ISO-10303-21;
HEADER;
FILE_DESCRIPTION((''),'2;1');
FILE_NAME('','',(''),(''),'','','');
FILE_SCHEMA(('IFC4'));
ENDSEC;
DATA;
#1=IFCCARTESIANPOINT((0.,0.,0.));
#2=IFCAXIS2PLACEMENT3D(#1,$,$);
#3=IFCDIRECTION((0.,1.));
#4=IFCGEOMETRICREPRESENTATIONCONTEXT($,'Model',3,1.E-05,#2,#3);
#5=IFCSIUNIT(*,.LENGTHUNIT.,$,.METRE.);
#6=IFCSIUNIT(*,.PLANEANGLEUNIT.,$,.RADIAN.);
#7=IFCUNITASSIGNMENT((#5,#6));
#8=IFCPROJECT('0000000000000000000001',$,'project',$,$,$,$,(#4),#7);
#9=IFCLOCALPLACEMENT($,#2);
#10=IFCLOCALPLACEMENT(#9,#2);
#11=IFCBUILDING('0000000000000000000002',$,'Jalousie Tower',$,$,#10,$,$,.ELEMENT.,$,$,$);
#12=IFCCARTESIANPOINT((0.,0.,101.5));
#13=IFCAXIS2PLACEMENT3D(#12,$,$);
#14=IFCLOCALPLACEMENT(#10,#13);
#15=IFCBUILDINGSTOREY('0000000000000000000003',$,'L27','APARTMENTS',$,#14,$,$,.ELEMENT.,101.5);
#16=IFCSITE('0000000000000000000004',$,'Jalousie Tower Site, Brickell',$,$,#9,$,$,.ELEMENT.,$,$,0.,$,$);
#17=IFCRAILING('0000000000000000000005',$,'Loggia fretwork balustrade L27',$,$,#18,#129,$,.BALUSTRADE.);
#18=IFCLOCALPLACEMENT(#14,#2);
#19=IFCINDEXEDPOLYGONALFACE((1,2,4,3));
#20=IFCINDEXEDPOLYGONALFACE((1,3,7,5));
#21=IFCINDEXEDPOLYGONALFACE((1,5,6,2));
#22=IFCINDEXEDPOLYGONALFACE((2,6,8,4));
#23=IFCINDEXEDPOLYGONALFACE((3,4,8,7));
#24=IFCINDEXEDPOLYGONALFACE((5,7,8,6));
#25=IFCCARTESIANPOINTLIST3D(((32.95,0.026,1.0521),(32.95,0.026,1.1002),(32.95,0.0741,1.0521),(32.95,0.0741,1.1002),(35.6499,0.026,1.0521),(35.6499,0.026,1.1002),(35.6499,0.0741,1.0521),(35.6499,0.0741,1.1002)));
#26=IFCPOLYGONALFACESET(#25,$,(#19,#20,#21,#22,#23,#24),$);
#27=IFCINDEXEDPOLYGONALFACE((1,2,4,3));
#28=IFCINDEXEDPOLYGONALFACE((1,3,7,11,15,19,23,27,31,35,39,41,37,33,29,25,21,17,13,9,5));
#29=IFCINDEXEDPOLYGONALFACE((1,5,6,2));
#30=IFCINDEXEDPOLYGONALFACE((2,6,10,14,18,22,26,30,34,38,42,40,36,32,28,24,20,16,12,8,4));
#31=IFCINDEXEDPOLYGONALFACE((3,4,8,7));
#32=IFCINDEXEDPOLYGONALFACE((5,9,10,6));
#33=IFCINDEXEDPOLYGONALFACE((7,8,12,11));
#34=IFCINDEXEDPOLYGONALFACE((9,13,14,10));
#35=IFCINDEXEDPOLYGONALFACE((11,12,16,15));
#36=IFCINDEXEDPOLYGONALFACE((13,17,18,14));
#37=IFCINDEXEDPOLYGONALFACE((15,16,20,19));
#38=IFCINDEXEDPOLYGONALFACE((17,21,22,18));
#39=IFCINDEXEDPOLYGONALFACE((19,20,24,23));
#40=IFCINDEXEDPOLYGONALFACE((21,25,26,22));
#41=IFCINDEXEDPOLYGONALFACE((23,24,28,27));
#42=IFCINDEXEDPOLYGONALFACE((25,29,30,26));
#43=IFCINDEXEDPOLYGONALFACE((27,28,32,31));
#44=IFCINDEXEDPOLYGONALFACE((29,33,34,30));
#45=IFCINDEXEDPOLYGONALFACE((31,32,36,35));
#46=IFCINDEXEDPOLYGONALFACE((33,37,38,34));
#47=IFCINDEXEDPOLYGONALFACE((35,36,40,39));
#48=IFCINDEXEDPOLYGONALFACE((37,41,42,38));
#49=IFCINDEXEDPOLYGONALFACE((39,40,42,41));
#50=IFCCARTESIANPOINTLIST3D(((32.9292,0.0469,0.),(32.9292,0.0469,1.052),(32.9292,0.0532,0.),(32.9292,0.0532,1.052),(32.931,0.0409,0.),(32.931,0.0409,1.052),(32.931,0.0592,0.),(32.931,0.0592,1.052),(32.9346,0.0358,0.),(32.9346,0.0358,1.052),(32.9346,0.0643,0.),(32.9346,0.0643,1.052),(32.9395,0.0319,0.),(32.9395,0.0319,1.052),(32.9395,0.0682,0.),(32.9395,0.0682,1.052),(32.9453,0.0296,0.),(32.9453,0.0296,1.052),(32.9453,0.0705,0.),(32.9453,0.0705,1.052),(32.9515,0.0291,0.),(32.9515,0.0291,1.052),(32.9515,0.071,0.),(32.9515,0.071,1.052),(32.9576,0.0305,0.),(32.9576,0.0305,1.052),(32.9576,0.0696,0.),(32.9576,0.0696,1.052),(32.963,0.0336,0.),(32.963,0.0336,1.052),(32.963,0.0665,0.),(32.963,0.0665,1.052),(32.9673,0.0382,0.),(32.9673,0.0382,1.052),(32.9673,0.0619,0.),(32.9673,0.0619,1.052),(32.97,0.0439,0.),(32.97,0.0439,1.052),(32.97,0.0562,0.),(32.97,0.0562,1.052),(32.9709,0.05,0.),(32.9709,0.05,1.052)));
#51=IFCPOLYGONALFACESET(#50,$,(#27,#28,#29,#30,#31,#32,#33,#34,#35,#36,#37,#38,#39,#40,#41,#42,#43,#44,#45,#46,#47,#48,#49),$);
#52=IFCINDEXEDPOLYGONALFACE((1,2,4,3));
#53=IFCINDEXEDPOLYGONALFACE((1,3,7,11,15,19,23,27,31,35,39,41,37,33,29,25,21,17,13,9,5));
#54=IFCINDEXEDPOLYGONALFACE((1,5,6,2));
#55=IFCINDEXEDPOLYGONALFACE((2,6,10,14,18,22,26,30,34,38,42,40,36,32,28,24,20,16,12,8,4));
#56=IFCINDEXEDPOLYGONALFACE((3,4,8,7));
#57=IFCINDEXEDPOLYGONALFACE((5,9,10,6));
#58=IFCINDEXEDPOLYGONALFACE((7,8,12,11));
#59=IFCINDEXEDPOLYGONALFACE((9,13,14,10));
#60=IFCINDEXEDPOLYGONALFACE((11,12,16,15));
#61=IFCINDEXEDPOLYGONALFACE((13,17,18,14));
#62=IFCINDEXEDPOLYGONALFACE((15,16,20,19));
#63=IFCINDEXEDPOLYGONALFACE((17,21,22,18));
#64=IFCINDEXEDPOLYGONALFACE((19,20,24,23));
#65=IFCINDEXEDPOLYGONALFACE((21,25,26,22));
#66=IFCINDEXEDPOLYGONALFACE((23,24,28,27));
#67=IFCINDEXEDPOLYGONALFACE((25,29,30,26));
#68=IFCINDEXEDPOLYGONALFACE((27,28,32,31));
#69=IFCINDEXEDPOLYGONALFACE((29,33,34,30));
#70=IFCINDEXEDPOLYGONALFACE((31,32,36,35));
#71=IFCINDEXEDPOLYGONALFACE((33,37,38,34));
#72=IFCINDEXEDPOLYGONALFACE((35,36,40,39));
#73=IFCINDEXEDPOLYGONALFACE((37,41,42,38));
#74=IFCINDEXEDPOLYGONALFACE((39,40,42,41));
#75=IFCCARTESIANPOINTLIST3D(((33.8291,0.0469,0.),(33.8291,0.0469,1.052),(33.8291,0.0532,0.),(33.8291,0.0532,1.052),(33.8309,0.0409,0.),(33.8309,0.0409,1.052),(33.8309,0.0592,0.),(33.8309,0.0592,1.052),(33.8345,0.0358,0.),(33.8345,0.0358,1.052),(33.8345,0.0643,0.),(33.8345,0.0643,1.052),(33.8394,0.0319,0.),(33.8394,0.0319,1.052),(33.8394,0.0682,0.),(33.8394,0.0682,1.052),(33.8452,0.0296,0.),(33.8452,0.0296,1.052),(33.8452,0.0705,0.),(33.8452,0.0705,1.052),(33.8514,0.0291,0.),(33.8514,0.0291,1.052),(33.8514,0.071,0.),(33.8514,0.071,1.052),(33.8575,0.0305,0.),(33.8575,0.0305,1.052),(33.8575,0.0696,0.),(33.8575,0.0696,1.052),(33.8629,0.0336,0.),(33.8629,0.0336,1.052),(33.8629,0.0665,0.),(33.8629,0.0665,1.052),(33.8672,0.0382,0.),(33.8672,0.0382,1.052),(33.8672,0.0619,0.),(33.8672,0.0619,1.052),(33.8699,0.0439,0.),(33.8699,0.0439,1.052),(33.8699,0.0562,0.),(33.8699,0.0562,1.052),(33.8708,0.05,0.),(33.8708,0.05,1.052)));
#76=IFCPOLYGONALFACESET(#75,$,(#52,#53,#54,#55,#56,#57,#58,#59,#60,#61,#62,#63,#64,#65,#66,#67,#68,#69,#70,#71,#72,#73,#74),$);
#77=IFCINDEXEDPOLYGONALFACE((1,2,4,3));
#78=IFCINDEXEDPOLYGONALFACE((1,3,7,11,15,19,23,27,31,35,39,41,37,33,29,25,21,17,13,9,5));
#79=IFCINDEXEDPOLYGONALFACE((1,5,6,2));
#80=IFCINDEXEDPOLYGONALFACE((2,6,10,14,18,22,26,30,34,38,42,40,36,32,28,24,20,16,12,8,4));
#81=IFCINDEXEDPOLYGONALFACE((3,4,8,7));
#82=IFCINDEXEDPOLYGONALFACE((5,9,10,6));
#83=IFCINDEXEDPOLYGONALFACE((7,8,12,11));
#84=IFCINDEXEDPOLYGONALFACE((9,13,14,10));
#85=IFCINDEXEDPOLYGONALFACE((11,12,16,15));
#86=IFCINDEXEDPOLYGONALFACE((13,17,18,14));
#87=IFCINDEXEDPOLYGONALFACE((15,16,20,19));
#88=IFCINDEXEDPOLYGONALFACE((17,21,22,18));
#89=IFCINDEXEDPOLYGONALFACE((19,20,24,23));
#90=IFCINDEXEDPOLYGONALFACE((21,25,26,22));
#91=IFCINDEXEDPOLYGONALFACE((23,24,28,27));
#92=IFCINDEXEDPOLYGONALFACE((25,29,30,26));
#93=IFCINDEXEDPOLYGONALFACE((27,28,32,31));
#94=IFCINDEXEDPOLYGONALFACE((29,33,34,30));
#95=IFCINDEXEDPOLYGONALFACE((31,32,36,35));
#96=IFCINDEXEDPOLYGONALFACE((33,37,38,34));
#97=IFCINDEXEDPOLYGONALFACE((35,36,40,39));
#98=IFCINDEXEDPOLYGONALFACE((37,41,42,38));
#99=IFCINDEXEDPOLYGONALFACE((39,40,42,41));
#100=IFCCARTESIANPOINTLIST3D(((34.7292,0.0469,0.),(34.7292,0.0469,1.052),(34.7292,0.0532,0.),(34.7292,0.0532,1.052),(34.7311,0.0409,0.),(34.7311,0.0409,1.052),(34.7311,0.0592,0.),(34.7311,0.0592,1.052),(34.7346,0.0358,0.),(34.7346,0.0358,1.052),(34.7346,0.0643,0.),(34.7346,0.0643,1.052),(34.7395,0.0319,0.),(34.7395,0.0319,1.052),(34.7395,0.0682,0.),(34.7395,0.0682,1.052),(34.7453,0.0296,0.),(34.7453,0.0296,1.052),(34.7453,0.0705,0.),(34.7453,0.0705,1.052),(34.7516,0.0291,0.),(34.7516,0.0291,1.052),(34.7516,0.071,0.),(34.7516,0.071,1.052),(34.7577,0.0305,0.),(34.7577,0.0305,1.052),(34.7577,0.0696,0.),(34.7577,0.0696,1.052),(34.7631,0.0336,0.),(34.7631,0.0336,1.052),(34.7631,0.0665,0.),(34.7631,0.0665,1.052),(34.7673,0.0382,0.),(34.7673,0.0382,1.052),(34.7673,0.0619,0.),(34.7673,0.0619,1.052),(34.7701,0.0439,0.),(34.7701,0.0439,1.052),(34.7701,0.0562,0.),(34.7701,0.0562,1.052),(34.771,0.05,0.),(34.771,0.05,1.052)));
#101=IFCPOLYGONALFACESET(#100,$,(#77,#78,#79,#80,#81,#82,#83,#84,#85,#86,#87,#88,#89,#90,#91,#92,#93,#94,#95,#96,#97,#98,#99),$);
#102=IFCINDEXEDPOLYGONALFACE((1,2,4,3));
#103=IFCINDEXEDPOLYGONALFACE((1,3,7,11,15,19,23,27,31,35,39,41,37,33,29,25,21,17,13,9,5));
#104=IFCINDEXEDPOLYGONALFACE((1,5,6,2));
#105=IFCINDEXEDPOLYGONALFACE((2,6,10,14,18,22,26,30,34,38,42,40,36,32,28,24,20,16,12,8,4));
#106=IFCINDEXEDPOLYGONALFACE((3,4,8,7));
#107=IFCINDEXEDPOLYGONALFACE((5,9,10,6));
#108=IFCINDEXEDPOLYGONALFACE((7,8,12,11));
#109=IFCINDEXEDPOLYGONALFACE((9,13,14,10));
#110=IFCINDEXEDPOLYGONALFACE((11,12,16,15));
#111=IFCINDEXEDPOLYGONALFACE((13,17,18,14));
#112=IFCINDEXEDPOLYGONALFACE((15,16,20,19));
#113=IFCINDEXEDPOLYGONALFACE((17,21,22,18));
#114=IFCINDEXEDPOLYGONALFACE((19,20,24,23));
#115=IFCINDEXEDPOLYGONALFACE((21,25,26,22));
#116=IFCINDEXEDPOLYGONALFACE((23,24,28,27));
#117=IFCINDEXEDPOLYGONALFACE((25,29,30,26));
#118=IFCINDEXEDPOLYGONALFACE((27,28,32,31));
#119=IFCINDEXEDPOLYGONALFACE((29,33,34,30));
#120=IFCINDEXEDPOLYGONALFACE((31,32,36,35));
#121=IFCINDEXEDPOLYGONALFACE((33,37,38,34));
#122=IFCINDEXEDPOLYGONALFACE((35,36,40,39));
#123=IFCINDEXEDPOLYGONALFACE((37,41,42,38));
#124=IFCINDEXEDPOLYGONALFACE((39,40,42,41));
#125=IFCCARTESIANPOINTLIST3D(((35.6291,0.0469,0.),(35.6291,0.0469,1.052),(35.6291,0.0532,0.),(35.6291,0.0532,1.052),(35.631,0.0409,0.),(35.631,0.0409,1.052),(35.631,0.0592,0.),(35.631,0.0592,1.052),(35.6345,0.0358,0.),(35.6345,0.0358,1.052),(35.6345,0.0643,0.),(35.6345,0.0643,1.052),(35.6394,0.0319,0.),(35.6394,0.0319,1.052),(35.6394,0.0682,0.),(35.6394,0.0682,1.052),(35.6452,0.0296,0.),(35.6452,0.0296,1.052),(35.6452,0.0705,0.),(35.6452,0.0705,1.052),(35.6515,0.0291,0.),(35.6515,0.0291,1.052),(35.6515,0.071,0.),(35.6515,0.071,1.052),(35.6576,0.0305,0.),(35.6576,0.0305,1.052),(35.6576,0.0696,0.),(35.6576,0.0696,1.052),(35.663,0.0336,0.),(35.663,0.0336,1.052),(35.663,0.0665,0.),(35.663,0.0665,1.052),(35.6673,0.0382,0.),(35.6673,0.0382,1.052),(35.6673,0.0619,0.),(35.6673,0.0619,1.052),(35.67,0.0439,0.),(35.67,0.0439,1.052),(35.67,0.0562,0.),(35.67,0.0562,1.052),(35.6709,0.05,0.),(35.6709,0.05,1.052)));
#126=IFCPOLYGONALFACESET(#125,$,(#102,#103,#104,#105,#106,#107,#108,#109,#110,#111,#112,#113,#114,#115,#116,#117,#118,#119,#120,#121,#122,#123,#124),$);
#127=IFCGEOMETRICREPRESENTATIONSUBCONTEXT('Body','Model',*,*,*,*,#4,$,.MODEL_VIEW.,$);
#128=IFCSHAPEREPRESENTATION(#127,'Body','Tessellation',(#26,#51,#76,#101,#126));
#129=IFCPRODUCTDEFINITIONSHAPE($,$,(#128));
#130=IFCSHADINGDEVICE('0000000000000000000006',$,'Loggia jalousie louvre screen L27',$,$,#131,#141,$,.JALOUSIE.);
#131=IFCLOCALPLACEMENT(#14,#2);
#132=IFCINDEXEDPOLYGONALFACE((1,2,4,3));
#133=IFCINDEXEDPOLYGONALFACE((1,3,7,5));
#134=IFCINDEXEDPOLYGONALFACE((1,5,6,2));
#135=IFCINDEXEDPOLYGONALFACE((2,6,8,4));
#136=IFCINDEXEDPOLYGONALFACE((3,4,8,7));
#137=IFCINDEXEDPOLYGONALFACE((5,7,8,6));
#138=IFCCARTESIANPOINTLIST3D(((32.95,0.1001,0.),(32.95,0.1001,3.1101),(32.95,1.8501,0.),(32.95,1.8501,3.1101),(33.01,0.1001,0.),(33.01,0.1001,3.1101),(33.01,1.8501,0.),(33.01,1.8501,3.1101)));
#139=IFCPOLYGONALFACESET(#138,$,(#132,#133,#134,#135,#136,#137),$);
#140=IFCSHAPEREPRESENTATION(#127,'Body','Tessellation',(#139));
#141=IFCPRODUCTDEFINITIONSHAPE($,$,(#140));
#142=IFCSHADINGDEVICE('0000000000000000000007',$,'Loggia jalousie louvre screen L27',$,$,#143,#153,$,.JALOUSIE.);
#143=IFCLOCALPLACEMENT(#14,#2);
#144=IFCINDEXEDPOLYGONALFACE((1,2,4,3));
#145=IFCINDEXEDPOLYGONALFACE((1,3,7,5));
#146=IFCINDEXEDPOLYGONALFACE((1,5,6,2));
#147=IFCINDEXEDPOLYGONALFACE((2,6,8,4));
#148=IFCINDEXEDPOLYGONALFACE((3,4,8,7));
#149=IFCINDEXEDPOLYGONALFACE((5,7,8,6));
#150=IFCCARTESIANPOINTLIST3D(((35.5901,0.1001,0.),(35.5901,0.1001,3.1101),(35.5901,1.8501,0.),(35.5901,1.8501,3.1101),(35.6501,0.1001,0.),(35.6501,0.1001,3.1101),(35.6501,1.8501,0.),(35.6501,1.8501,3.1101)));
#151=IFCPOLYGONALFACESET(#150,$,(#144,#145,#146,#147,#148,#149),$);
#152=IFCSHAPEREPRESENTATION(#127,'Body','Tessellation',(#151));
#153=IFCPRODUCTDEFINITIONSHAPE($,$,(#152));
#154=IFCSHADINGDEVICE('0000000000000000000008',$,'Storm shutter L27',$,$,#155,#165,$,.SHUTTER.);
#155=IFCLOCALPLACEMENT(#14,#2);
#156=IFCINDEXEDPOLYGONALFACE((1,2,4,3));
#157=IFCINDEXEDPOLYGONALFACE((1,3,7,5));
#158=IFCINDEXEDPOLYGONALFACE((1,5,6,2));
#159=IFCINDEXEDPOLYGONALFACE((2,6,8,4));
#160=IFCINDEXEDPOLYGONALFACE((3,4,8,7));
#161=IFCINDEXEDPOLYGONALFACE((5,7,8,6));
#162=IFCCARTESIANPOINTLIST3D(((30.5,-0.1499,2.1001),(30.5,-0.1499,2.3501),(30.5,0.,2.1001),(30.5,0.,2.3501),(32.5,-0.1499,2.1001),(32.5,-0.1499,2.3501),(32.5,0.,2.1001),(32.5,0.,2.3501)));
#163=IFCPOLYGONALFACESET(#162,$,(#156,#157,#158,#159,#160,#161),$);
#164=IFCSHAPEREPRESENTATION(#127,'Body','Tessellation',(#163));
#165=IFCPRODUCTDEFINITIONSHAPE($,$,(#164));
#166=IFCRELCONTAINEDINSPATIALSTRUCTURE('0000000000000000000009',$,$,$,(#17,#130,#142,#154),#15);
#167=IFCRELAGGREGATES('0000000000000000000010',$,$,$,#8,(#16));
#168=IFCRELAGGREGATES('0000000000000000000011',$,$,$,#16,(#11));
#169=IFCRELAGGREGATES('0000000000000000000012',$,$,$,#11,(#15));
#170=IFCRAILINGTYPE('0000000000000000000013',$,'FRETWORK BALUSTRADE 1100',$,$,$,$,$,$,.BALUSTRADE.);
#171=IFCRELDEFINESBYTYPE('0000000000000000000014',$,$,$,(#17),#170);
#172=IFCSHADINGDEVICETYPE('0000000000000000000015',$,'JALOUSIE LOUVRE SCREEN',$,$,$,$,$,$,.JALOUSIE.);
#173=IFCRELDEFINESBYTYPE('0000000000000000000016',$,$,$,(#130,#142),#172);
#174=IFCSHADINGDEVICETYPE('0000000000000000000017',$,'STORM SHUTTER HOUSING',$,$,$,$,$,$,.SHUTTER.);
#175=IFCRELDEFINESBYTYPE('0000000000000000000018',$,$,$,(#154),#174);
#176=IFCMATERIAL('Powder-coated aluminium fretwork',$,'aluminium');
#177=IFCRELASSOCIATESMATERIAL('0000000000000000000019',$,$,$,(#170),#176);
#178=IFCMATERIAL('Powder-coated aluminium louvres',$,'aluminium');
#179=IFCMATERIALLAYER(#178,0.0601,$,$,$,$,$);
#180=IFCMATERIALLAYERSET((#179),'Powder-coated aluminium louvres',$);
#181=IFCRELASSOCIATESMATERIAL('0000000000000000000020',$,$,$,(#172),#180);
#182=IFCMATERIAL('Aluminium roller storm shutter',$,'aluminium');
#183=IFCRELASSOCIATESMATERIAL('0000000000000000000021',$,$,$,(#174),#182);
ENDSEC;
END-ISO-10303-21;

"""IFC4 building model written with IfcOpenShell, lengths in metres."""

from ifc_helpers import new_model, si_unit, direction, frame, origin, origin_2d, place, context, subcontext, project, spatial, rectangle, circle, extrude, material, layer, layer_set, type_object, element, save


model = new_model("IFC4")

# Units and contexts
model_context = context("Model", 3, precision=1e-05, world=origin(), true_north=direction((0.0, 1.0)))
body_context = subcontext(model_context, "Body", "Model", "MODEL_VIEW")
ifc_project = project(units=[si_unit("LENGTHUNIT", "METRE"), si_unit("PLANEANGLEUNIT", "RADIAN")], contexts=[model_context])

# Site, building, storey
site_placement = place(None, origin())
site = spatial("IfcSite", under=ifc_project, at=site_placement, Name="Jalousie Tower Site, Brickell", CompositionType="ELEMENT", RefElevation=0.0)
building_placement = place(site_placement, origin())
building = spatial("IfcBuilding", under=site, at=building_placement, Name="Jalousie Tower", CompositionType="ELEMENT")
storey_placement = place(building_placement, frame((0.0, 0.0, 101.5)))
storey = spatial("IfcBuildingStorey", under=building, at=storey_placement, Name="L27", Description="APARTMENTS", CompositionType="ELEMENT", Elevation=101.5)

# Railing
ifc_material_1 = material(Name="Powder-coated aluminium fretwork", Category="aluminium")
railing_type = type_object("IfcRailingType", Name="FRETWORK BALUSTRADE 1100", PredefinedType="BALUSTRADE", material=ifc_material_1)
railing_placement = place(storey_placement, frame((32.95, 0.05, 0.0)))
element("IfcRailing", 1, at=railing_placement, inside=storey, type_object=railing_type, Name="Loggia fretwork balustrade L27", PredefinedType="BALUSTRADE", context=body_context, shape_type="SweptSolid", body=[
    extrude(rectangle(XDim=0.0481, YDim=0.0481, at=origin_2d()), frame((0.0, 0.0, 1.0762), z_axis=(1.0, 0.0, 0.0), x_axis=(0.0, 1.0, 0.0)), (0.0, 0.0, 1.0), 2.7),
    extrude(circle(Radius=0.021, at=origin_2d()), origin(), (0.0, 0.0, 1.0), 1.052),
    extrude(circle(Radius=0.021, at=origin_2d()), frame((0.8999, 0.0, 0.0)), (0.0, 0.0, 1.0), 1.052),
    extrude(circle(Radius=0.021, at=origin_2d()), frame((1.8, 0.0, 0.0)), (0.0, 0.0, 1.0), 1.052),
    extrude(circle(Radius=0.021, at=origin_2d()), frame((2.7, 0.0, 0.0)), (0.0, 0.0, 1.0), 1.052),
])

# Shading devices
ifc_material_2 = material(Name="Powder-coated aluminium louvres", Category="aluminium")
ifc_layer_1 = layer(ifc_material_2, 0.0601)
ifc_layer_set_1 = layer_set([ifc_layer_1], Name="Powder-coated aluminium louvres")
shading_device_type_1 = type_object("IfcShadingDeviceType", Name="JALOUSIE LOUVRE SCREEN", PredefinedType="JALOUSIE", material=ifc_layer_set_1)
for number, where, z_axis, x_axis, name in (
    (2, (32.98, 0.9751, 0.0), (0.0, 0.0, 1.0), (1.0, 0.0, 0.0), "Loggia jalousie louvre screen L27"),
    (3, (35.6201, 0.9751, 0.0), (0.0, 0.0, 1.0), (1.0, 0.0, 0.0), "Loggia jalousie louvre screen L27"),
):
    element("IfcShadingDevice", number, at=place(storey_placement, frame(where, z_axis=z_axis, x_axis=x_axis)), inside=storey, type_object=shading_device_type_1, Name=name, PredefinedType="JALOUSIE", context=body_context, shape_type="SweptSolid", body=[
        extrude(rectangle(XDim=0.0601, YDim=1.75, at=origin_2d()), origin(), (0.0, 0.0, 1.0), 3.1101),
    ])
ifc_material_3 = material(Name="Aluminium roller storm shutter", Category="aluminium")
shading_device_type_2 = type_object("IfcShadingDeviceType", Name="STORM SHUTTER HOUSING", PredefinedType="SHUTTER", material=ifc_material_3)
shading_device_placement = place(storey_placement, frame((31.5, -0.075, 2.1001), z_axis=(0.0, 0.0, 1.0), x_axis=(1.0, 0.0, 0.0)))
element("IfcShadingDevice", 4, at=shading_device_placement, inside=storey, type_object=shading_device_type_2, Name="Storm shutter L27", PredefinedType="SHUTTER", context=body_context, shape_type="SweptSolid", body=[
    extrude(rectangle(XDim=2.0, YDim=0.1499, at=origin_2d()), origin(), (0.0, 0.0, 1.0), 0.25),
])

save(model, "model.ifc")
